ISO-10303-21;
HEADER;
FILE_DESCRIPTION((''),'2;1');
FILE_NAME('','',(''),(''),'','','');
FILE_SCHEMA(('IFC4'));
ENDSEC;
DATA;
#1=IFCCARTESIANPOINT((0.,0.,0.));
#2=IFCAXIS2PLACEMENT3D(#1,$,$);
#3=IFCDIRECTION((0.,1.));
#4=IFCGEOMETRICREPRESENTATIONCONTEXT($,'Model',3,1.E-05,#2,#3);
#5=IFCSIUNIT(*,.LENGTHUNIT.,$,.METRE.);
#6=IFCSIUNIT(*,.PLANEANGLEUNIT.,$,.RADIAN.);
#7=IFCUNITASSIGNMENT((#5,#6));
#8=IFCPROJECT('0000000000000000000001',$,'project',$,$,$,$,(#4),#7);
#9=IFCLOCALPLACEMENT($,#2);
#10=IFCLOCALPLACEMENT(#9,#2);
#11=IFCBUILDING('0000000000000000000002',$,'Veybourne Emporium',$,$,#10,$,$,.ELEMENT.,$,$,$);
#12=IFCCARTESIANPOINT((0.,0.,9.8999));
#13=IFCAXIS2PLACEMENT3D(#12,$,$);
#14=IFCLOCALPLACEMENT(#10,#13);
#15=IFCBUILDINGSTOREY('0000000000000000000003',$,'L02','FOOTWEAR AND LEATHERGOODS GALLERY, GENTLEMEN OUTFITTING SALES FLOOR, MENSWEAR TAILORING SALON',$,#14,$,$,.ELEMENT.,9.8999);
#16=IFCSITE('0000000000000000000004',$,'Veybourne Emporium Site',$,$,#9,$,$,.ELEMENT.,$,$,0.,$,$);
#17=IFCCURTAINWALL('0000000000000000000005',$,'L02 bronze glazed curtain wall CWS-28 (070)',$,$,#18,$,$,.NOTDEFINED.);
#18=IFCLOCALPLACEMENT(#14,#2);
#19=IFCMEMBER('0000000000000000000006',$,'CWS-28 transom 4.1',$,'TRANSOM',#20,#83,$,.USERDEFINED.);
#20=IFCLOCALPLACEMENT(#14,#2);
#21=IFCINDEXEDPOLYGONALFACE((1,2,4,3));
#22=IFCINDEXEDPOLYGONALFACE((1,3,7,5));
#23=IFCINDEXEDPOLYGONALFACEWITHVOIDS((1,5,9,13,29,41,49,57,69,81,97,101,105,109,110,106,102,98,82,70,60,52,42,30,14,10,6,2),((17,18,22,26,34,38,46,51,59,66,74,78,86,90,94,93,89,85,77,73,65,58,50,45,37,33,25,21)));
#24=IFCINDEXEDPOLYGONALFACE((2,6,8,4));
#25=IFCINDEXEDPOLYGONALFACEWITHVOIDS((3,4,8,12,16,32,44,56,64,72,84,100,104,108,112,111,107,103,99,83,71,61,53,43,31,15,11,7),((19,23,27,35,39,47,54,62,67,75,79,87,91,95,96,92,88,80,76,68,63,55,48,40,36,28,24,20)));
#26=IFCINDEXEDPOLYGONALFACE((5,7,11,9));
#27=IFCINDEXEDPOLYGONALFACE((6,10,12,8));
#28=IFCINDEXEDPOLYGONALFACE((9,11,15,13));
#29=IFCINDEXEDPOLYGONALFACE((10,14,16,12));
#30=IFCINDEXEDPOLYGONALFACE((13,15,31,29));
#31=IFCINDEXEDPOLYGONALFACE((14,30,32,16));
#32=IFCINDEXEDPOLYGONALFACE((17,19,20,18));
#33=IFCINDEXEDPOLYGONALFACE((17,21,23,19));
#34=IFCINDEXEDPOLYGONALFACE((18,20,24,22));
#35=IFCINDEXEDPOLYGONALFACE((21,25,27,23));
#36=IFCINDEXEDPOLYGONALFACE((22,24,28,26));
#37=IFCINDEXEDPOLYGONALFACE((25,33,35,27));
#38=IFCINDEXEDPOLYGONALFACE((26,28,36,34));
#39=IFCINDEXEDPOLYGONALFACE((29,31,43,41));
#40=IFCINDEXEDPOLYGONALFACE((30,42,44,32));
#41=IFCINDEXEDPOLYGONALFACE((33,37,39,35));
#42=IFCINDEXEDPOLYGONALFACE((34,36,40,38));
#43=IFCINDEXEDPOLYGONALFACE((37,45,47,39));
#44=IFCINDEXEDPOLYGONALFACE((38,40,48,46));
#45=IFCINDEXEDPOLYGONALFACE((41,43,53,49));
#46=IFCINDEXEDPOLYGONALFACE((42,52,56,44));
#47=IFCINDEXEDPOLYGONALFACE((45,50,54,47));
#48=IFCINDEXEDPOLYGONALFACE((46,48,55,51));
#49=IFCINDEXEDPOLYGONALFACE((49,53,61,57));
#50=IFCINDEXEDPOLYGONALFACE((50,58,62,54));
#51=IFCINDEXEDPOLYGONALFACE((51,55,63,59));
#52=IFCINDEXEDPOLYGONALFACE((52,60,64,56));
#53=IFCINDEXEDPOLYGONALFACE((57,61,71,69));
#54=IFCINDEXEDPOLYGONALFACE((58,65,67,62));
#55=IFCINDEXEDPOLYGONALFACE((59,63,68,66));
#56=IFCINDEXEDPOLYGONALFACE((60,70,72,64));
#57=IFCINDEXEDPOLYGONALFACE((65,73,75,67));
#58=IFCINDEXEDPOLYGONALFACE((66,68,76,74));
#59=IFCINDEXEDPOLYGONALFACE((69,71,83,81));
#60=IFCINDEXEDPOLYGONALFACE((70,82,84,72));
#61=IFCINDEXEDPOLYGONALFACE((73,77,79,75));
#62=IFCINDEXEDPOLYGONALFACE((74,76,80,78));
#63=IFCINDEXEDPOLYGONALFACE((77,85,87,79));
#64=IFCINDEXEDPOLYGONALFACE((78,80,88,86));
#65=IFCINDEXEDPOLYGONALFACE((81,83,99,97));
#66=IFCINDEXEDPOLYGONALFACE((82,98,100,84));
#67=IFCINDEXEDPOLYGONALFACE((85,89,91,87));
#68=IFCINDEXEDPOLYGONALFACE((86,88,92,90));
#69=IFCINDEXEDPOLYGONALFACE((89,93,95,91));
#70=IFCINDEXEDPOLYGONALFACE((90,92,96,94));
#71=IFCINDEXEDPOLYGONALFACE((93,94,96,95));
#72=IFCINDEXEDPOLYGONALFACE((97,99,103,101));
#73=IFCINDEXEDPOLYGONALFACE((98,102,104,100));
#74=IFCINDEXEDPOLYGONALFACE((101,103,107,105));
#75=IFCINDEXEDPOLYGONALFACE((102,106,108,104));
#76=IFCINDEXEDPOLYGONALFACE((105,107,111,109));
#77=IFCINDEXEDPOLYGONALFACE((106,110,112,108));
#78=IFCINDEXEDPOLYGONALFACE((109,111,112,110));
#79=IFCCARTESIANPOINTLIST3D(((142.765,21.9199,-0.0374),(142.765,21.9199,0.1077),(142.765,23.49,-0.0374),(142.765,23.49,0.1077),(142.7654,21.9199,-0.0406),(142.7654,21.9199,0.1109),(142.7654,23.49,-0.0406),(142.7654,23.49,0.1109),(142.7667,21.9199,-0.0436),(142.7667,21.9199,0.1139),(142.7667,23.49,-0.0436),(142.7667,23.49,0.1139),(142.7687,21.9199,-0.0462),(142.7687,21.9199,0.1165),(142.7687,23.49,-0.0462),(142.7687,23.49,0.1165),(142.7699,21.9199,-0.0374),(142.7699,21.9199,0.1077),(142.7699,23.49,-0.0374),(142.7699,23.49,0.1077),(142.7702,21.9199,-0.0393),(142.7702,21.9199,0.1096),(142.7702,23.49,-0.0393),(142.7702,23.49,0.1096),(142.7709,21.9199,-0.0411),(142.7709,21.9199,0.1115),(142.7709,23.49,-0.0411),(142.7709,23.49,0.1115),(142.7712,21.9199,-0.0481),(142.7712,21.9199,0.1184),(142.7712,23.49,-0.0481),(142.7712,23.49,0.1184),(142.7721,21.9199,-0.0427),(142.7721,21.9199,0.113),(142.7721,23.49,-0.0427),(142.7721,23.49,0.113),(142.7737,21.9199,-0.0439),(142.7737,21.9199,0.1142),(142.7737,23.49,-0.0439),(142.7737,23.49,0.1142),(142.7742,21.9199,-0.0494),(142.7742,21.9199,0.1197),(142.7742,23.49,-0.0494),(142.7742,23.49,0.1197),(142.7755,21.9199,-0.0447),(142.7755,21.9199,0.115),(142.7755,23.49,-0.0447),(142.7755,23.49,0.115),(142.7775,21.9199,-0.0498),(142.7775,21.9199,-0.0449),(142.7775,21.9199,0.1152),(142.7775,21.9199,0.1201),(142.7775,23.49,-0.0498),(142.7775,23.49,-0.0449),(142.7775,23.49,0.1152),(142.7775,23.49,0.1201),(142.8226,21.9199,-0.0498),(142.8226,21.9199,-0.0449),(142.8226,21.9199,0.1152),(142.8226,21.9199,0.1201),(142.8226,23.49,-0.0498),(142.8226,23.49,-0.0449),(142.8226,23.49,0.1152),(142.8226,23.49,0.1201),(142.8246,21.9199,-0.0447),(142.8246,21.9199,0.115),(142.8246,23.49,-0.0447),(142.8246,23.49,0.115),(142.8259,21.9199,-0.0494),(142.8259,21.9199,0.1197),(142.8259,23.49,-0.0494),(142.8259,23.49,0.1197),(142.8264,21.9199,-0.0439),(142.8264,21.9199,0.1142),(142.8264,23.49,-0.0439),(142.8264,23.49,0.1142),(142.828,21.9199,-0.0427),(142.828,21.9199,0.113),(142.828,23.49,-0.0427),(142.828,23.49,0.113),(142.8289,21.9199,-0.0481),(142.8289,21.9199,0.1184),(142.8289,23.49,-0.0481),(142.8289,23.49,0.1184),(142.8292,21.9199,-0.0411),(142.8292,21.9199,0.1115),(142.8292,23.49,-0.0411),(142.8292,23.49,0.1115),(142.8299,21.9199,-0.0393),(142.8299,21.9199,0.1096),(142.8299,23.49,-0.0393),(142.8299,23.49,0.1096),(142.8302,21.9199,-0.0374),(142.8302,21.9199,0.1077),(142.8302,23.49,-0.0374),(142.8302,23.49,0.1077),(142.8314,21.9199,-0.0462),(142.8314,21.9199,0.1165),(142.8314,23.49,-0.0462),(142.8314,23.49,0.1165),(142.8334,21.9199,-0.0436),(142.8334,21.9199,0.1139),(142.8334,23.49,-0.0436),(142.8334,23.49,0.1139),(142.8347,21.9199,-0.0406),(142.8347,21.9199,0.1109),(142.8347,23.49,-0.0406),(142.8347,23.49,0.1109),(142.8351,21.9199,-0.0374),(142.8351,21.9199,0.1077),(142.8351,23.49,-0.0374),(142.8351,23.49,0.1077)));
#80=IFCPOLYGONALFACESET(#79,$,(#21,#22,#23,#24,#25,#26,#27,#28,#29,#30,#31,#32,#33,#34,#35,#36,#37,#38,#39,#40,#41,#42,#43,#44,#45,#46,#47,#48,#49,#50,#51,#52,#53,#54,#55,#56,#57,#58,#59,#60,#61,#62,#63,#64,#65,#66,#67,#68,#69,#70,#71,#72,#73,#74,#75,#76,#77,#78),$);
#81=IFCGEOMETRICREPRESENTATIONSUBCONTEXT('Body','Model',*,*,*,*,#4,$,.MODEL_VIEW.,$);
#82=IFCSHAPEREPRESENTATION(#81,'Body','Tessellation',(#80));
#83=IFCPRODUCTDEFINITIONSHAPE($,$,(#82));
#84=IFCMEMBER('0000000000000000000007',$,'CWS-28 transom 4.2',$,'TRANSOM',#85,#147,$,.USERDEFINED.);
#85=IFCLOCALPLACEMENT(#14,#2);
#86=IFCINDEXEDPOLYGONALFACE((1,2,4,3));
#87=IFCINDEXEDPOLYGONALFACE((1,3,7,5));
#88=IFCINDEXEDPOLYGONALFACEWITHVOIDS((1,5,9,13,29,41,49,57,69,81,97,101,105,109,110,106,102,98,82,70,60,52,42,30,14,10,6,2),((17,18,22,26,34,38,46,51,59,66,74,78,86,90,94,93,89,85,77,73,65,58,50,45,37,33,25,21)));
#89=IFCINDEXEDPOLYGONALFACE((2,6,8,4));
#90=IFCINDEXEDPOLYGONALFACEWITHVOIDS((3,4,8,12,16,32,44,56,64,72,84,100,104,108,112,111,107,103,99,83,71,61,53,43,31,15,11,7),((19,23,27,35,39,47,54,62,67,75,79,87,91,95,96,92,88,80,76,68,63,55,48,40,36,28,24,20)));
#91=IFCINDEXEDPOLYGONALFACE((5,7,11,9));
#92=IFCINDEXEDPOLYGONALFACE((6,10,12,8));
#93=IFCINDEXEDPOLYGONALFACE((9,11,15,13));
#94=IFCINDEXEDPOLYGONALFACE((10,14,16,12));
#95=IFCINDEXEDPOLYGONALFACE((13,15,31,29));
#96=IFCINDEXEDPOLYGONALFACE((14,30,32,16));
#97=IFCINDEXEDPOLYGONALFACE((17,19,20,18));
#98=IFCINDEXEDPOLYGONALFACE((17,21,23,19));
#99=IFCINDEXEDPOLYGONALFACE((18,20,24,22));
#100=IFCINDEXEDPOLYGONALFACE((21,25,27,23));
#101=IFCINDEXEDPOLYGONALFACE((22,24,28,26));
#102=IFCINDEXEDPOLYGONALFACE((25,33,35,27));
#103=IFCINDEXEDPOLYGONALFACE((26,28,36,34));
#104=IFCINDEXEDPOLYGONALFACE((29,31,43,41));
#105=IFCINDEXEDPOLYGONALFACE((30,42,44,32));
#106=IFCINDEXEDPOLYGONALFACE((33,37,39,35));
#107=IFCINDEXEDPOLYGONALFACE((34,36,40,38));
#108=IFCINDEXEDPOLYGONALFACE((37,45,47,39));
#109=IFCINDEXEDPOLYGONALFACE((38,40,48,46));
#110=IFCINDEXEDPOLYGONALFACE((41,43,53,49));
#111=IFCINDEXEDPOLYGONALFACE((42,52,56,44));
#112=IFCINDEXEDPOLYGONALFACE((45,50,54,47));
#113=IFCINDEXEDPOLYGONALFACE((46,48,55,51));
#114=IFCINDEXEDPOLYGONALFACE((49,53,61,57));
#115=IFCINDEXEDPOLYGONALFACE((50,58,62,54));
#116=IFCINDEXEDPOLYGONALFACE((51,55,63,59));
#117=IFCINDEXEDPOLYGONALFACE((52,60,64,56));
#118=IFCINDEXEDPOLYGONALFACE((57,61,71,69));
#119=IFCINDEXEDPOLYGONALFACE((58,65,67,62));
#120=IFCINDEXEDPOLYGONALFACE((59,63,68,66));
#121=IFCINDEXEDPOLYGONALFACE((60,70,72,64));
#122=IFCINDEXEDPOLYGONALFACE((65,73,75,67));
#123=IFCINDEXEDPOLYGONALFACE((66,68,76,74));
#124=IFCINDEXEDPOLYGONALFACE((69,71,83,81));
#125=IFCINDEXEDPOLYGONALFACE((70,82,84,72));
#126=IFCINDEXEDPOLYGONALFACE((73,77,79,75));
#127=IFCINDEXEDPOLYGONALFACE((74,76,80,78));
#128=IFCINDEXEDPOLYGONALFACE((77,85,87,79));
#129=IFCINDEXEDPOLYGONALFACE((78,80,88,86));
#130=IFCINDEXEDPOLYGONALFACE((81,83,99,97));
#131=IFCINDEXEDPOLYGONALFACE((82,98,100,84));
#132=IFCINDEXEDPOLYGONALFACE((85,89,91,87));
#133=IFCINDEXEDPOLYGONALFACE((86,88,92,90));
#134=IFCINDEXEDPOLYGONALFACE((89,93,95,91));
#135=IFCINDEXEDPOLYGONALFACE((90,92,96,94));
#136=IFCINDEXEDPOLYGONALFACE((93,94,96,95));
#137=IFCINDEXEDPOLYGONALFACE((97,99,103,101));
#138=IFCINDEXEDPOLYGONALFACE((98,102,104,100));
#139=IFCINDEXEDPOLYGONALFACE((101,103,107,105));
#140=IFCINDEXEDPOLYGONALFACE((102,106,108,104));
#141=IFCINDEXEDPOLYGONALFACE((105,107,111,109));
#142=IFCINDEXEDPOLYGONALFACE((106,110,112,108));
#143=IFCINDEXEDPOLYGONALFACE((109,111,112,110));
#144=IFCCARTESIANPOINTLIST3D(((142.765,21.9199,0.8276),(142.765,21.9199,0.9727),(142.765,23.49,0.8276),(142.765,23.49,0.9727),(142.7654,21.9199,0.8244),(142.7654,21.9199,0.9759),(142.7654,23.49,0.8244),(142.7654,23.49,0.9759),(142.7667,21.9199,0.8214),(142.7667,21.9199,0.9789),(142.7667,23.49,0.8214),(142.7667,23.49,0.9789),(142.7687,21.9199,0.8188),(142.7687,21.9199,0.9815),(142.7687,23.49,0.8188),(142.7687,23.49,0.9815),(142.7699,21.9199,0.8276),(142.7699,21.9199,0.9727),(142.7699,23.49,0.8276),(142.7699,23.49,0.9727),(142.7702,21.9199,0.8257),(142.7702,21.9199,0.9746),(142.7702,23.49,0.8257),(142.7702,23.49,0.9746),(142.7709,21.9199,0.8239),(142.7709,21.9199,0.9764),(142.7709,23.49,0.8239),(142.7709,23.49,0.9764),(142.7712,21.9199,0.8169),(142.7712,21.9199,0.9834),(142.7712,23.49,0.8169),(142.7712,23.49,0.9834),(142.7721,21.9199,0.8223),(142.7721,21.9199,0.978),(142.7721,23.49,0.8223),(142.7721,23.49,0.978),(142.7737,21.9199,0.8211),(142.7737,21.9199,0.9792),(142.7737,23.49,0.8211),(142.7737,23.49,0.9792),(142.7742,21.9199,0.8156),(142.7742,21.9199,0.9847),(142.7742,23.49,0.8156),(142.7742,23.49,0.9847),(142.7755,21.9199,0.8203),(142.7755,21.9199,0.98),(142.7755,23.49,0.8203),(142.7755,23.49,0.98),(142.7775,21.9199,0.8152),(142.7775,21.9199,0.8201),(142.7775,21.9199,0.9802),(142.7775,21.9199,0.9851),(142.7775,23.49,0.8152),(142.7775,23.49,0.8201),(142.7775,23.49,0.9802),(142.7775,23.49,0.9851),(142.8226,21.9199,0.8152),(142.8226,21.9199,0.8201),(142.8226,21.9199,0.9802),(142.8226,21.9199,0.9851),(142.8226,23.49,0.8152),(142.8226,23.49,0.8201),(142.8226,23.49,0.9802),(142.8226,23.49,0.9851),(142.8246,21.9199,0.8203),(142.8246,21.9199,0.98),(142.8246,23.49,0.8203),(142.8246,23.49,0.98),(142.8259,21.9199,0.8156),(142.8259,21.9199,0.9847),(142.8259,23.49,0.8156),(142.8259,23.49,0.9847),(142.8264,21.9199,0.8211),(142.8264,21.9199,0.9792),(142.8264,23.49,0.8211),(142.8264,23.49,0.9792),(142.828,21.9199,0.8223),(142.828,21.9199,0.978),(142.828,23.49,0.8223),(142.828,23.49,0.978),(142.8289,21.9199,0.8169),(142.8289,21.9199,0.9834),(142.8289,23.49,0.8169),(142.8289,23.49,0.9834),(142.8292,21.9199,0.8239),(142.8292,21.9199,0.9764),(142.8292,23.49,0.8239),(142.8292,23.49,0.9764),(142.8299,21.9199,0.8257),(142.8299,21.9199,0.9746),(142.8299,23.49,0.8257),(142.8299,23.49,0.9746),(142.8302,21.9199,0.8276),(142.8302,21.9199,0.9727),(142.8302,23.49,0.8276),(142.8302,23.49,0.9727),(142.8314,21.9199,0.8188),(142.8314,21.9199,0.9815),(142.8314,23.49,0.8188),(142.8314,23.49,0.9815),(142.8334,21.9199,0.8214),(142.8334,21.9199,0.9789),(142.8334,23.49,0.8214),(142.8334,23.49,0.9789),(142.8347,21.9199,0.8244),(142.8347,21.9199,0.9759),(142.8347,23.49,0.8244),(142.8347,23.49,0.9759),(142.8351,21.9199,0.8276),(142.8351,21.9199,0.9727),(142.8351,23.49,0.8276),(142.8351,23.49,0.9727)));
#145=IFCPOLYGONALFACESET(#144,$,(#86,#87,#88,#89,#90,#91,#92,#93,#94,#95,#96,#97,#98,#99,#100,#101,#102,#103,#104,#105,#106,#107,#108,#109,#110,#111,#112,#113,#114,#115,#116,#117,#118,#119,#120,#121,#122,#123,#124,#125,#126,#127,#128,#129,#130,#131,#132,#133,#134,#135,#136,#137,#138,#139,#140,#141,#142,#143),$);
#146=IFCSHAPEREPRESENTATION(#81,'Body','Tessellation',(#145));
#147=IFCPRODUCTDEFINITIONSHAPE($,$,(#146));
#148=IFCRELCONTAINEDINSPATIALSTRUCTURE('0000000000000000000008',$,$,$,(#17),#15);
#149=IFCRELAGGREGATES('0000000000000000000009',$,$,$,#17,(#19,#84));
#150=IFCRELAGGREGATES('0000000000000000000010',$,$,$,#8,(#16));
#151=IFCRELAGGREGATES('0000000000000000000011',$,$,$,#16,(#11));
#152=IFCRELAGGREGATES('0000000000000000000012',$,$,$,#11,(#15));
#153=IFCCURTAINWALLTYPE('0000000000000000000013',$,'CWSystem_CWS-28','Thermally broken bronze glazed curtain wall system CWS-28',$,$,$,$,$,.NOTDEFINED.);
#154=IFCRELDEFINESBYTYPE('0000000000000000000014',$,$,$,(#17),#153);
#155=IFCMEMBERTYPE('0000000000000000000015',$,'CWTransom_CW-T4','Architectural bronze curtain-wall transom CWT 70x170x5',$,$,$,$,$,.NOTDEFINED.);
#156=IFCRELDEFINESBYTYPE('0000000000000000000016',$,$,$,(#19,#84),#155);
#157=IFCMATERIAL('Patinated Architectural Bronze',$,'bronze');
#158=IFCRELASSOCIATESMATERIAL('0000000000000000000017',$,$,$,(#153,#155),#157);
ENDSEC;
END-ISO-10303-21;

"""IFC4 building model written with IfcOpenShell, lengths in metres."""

from ifc_helpers import new_model, si_unit, direction, frame, origin, origin_2d, place, context, subcontext, project, spatial, hollow_rectangle, extrude, material, material_profile, profile_set, type_object, element, aggregate, save


model = new_model("IFC4")

# Units and contexts
model_context = context("Model", 3, precision=1e-05, world=origin(), true_north=direction((0.0, 1.0)))
body_context = subcontext(model_context, "Body", "Model", "MODEL_VIEW")
ifc_project = project(units=[si_unit("LENGTHUNIT", "METRE"), si_unit("PLANEANGLEUNIT", "RADIAN")], contexts=[model_context])

# Site, building, storey
site_placement = place(None, origin())
site = spatial("IfcSite", under=ifc_project, at=site_placement, Name="Veybourne Emporium Site", CompositionType="ELEMENT", RefElevation=0.0)
building_placement = place(site_placement, origin())
building = spatial("IfcBuilding", under=site, at=building_placement, Name="Veybourne Emporium", CompositionType="ELEMENT")
storey_placement = place(building_placement, frame((0.0, 0.0, 9.8999)))
storey = spatial("IfcBuildingStorey", under=building, at=storey_placement, Name="L02", Description="FOOTWEAR AND LEATHERGOODS GALLERY, GENTLEMEN OUTFITTING SALES FLOOR, MENSWEAR TAILORING SALON", CompositionType="ELEMENT", Elevation=9.8999)

# Curtain wall, members
ifc_material_1 = material(Name="Patinated Architectural Bronze", Category="bronze")
curtain_wall_type = type_object("IfcCurtainWallType", Name="CWSystem_CWS-28", Description="Thermally broken bronze glazed curtain wall system CWS-28", PredefinedType="NOTDEFINED", material=ifc_material_1)
curtain_wall_placement = place(storey_placement, origin())
curtain_wall = element("IfcCurtainWall", 1, at=curtain_wall_placement, inside=storey, type_object=curtain_wall_type, Name="L02 bronze glazed curtain wall CWS-28 (070)", PredefinedType="NOTDEFINED")
ifc_material_profile_1 = material_profile(ifc_material_1, hollow_rectangle(XDim=0.0701, YDim=0.1699, WallThickness=0.0049, InnerFilletRadius=0.0076, OuterFilletRadius=0.0125, at=origin_2d()), Name="CWT 70x170x5")
ifc_profile_set_1 = profile_set([ifc_material_profile_1], Name="Patinated Architectural Bronze")
member_type_1 = type_object("IfcMemberType", Name="CWTransom_CW-T4", Description="Architectural bronze curtain-wall transom CWT 70x170x5", PredefinedType="NOTDEFINED", material=ifc_profile_set_1)
member_1_placement = place(storey_placement, frame((142.8, 23.49, 0.0352), z_axis=(0.0, -1.0, 0.0), x_axis=(1.0, 0.0, 0.0)))
member_1 = element("IfcMember", 2, at=member_1_placement, type_object=member_type_1, Name="CWS-28 transom 4.1", ObjectType="TRANSOM", PredefinedType="USERDEFINED", context=body_context, shape_type="SweptSolid", body=[
    extrude(hollow_rectangle(XDim=0.0701, YDim=0.1699, WallThickness=0.0049, InnerFilletRadius=0.0076, OuterFilletRadius=0.0125, at=origin_2d()), origin(), (0.0, 0.0, 1.0), 1.5701),
])
member_2_placement = place(storey_placement, frame((142.8, 23.49, 0.9001), z_axis=(0.0, -1.0, 0.0), x_axis=(1.0, 0.0, 0.0)))
member_2 = element("IfcMember", 3, at=member_2_placement, type_object=member_type_1, Name="CWS-28 transom 4.2", ObjectType="TRANSOM", PredefinedType="USERDEFINED", context=body_context, shape_type="SweptSolid", body=[
    extrude(hollow_rectangle(XDim=0.0701, YDim=0.1699, WallThickness=0.0049, InnerFilletRadius=0.0076, OuterFilletRadius=0.0125, at=origin_2d()), origin(), (0.0, 0.0, 1.0), 1.5701),
])

aggregate(curtain_wall, [member_1, member_2])

save(model, "model.ifc")
